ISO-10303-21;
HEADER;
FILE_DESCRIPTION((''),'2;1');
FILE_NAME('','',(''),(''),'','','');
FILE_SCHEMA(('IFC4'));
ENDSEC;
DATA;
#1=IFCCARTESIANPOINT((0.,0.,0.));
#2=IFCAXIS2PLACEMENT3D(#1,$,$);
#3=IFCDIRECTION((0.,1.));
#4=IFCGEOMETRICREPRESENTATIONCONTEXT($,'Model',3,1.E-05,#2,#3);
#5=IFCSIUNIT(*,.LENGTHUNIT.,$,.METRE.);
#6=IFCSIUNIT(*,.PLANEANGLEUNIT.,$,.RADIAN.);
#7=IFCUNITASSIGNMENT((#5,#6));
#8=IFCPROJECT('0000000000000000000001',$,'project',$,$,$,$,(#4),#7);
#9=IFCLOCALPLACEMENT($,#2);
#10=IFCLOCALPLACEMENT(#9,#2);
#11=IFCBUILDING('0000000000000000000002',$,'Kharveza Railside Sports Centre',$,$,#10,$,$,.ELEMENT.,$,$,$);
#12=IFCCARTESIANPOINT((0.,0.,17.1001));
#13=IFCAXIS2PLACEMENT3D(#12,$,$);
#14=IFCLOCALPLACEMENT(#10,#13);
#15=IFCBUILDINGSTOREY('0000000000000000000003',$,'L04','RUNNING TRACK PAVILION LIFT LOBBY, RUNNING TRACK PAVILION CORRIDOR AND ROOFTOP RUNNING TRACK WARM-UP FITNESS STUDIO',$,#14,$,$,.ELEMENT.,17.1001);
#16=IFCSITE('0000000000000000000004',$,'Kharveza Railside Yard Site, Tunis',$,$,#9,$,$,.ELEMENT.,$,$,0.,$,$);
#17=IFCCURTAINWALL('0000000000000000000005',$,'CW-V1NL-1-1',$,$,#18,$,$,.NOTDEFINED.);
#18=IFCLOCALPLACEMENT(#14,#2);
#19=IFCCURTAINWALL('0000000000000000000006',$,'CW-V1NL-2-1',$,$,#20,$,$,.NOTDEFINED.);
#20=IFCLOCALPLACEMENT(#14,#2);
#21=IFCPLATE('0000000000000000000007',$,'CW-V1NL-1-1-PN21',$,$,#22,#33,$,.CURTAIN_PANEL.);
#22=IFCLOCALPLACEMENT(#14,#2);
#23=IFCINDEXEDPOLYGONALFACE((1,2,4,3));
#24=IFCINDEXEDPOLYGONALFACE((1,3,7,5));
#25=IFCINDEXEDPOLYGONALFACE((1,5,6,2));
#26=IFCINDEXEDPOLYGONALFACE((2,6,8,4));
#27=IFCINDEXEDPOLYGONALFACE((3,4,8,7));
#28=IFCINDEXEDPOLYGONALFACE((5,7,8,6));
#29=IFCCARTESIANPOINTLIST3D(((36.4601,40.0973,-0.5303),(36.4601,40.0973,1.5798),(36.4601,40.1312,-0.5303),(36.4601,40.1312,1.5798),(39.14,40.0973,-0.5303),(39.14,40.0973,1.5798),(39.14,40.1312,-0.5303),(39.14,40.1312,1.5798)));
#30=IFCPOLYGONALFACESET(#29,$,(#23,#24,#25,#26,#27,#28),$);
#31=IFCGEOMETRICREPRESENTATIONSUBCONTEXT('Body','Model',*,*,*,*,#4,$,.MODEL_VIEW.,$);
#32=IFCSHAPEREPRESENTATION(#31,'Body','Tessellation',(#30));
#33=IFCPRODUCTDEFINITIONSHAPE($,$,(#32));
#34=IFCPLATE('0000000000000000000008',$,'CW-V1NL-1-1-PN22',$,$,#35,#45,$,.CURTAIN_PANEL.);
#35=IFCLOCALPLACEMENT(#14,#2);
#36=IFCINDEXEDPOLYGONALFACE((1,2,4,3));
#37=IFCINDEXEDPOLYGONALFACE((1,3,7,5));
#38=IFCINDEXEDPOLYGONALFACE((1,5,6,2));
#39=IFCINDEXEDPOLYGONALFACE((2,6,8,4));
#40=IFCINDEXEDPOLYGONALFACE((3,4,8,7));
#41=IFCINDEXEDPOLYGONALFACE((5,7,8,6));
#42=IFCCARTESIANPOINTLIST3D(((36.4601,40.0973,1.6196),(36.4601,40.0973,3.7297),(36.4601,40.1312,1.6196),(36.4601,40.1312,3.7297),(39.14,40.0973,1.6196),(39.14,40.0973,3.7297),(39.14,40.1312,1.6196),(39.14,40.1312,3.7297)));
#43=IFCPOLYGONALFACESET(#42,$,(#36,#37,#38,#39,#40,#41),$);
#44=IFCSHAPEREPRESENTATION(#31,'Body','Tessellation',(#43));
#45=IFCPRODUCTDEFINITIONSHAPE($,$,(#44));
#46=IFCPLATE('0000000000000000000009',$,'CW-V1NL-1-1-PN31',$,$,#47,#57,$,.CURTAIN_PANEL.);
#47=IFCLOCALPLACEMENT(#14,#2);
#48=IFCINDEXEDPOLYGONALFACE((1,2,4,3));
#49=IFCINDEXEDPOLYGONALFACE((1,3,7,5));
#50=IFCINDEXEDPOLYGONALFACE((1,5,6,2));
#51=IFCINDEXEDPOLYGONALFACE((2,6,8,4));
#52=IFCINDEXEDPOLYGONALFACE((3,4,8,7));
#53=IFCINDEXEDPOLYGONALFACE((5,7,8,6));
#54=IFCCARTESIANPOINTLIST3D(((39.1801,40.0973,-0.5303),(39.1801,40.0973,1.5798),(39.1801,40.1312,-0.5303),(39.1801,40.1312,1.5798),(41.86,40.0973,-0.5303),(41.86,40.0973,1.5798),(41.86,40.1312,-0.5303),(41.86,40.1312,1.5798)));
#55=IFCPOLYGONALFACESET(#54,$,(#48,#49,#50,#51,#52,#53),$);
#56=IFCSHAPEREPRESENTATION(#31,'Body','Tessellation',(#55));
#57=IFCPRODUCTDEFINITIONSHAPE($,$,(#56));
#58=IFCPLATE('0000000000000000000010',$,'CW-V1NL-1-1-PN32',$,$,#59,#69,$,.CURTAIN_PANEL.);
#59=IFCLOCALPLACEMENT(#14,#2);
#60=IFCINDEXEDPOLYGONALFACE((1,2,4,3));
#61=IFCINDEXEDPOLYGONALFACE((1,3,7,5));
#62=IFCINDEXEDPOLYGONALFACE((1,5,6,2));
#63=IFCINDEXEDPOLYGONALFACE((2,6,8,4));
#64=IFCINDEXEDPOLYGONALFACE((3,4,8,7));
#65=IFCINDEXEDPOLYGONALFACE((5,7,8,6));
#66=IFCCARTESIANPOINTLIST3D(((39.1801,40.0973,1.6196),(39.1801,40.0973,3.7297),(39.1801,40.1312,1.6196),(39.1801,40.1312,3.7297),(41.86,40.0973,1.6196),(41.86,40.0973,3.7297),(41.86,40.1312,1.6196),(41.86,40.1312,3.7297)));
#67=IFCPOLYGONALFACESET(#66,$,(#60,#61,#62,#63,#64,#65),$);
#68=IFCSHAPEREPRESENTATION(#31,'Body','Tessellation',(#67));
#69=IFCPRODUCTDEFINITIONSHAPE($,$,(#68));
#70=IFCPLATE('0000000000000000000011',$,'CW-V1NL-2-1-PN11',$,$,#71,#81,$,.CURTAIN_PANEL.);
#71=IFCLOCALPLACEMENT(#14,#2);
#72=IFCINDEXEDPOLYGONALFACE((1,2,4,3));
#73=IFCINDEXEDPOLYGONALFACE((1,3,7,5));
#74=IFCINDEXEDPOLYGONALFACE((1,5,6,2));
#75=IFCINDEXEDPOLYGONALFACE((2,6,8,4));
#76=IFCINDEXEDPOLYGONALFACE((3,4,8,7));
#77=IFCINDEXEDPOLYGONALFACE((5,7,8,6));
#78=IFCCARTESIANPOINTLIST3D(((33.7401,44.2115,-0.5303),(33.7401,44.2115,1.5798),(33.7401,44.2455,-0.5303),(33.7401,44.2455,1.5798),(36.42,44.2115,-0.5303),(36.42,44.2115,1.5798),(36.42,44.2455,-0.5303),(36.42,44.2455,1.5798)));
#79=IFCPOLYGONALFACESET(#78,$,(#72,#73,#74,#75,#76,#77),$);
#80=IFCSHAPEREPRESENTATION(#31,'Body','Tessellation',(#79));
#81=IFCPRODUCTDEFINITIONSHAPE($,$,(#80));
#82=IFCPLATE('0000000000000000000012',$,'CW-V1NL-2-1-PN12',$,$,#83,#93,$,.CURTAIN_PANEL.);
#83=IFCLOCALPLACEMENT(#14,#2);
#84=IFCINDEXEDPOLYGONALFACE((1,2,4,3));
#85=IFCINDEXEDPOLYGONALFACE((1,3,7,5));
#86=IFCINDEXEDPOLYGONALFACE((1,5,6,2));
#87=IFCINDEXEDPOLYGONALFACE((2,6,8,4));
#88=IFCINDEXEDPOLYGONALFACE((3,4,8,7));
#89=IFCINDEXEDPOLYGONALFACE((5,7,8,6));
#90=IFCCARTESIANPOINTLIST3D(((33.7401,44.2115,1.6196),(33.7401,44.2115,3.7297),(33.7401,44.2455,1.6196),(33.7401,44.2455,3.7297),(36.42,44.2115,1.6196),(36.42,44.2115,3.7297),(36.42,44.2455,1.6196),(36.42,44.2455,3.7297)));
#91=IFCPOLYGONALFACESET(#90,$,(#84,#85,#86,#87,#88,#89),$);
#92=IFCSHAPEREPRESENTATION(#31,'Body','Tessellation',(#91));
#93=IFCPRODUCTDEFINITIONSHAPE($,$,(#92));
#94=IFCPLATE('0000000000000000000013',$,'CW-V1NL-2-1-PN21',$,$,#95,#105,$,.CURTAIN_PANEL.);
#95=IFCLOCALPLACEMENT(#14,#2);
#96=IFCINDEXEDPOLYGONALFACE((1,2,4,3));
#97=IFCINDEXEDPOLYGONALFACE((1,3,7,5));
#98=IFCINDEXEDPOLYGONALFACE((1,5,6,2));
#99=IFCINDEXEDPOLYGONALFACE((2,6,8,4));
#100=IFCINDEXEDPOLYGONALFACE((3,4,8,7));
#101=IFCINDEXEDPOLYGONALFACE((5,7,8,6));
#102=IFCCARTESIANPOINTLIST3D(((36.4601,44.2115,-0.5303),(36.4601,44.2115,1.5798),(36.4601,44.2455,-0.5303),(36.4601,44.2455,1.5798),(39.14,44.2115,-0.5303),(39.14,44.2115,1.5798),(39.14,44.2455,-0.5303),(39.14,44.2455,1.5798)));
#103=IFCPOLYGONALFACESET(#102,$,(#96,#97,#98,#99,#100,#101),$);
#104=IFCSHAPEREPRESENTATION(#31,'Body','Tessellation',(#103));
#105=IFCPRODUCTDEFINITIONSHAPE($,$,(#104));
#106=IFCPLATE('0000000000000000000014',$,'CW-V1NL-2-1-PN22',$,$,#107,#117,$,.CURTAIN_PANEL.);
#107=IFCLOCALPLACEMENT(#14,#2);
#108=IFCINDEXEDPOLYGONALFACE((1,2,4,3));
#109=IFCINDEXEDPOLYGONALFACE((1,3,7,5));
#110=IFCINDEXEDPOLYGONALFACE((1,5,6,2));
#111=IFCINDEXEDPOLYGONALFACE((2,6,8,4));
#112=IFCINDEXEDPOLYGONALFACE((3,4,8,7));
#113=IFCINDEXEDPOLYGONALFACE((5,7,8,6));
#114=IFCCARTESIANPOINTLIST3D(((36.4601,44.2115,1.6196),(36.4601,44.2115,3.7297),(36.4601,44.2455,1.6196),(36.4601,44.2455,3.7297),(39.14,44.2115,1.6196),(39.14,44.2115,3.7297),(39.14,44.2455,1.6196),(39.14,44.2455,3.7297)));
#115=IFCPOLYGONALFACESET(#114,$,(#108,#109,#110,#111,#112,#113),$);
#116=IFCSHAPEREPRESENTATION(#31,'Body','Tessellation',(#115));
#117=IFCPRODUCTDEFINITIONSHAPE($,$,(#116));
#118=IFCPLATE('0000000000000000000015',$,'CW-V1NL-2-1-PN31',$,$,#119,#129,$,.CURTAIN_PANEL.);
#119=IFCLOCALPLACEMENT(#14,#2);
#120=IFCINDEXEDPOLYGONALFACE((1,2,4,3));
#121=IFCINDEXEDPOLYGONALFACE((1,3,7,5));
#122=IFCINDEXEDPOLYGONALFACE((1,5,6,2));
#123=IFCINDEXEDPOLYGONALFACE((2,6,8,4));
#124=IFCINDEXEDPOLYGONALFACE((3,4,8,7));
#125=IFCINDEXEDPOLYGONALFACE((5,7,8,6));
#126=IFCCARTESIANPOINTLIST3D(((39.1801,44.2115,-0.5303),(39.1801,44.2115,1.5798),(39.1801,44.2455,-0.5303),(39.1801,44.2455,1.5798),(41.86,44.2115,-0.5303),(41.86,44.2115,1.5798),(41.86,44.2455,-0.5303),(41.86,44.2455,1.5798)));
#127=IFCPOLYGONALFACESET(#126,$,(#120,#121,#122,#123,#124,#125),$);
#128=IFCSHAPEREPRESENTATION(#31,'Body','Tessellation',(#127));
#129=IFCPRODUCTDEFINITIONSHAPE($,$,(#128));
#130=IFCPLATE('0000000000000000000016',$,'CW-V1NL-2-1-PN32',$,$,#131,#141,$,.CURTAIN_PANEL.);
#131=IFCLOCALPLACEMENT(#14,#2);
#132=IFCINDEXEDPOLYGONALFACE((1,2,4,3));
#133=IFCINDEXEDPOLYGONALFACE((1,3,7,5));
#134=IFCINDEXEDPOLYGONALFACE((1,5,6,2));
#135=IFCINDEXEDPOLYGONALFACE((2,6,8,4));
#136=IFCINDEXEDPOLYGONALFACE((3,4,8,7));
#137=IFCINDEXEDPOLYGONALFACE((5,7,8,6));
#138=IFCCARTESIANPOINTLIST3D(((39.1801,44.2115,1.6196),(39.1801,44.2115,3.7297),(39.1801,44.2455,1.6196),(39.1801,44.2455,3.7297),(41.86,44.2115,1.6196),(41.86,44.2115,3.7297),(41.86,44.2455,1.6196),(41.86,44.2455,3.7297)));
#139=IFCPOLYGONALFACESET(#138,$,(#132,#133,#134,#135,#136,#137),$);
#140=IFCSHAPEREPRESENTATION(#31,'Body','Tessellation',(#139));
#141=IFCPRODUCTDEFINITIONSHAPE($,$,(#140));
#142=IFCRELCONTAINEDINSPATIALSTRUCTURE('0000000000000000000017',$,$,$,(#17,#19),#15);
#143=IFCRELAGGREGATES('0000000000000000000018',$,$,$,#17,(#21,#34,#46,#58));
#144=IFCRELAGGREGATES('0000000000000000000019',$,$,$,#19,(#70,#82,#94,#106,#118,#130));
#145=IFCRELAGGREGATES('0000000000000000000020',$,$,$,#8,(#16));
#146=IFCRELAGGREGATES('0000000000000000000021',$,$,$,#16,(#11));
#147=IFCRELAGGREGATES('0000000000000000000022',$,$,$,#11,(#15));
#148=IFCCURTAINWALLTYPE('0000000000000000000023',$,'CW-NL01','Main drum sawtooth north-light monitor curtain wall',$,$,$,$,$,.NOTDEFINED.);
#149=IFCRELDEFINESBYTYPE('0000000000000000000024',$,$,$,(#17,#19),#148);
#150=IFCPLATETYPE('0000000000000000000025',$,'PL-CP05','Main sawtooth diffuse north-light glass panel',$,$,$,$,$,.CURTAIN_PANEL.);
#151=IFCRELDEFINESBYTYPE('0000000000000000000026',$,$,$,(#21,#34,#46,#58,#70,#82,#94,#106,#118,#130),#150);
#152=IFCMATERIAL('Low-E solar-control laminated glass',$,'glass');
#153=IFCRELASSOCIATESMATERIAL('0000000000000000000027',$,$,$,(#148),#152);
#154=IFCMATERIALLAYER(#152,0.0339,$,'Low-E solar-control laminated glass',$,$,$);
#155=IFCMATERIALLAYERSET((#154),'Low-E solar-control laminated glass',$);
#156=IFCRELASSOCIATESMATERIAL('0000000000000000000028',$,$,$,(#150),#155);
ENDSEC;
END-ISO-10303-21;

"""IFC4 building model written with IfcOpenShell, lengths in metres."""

from ifc_helpers import new_model, si_unit, direction, frame, origin, origin_2d, place, context, subcontext, project, spatial, rectangle, extrude, material, layer, layer_set, type_object, element, aggregate, save


model = new_model("IFC4")

# Units and contexts
model_context = context("Model", 3, precision=1e-05, world=origin(), true_north=direction((0.0, 1.0)))
body_context = subcontext(model_context, "Body", "Model", "MODEL_VIEW")
ifc_project = project(units=[si_unit("LENGTHUNIT", "METRE"), si_unit("PLANEANGLEUNIT", "RADIAN")], contexts=[model_context])

# Site, building, storey
site_placement = place(None, origin())
site = spatial("IfcSite", under=ifc_project, at=site_placement, Name="Kharveza Railside Yard Site, Tunis", CompositionType="ELEMENT", RefElevation=0.0)
building_placement = place(site_placement, origin())
building = spatial("IfcBuilding", under=site, at=building_placement, Name="Kharveza Railside Sports Centre", CompositionType="ELEMENT")
storey_placement = place(building_placement, frame((0.0, 0.0, 17.1001)))
storey = spatial("IfcBuildingStorey", under=building, at=storey_placement, Name="L04", Description="RUNNING TRACK PAVILION LIFT LOBBY, RUNNING TRACK PAVILION CORRIDOR AND ROOFTOP RUNNING TRACK WARM-UP FITNESS STUDIO", CompositionType="ELEMENT", Elevation=17.1001)

# Curtain wall
ifc_material_1 = material(Name="Low-E solar-control laminated glass", Category="glass")
curtain_wall_type = type_object("IfcCurtainWallType", Name="CW-NL01", Description="Main drum sawtooth north-light monitor curtain wall", PredefinedType="NOTDEFINED", material=ifc_material_1)
curtain_wall_1_placement = place(storey_placement, origin())
curtain_wall_1 = element("IfcCurtainWall", 1, at=curtain_wall_1_placement, inside=storey, type_object=curtain_wall_type, Name="CW-V1NL-1-1", PredefinedType="NOTDEFINED")

# Curtain wall
curtain_wall_2_placement = place(storey_placement, origin())
curtain_wall_2 = element("IfcCurtainWall", 2, at=curtain_wall_2_placement, inside=storey, type_object=curtain_wall_type, Name="CW-V1NL-2-1", PredefinedType="NOTDEFINED")

# Plates
ifc_layer = layer(ifc_material_1, 0.0339, Name="Low-E solar-control laminated glass")
ifc_layer_set = layer_set([ifc_layer], Name="Low-E solar-control laminated glass")
plate_type = type_object("IfcPlateType", Name="PL-CP05", Description="Main sawtooth diffuse north-light glass panel", PredefinedType="CURTAIN_PANEL", material=ifc_layer_set)
plate_1_placement = place(storey_placement, frame((37.8, 40.1143, -0.5303), z_axis=(0.0, 0.0, 1.0), x_axis=(1.0, 0.0, 0.0)))
plate_1 = element("IfcPlate", 3, at=plate_1_placement, type_object=plate_type, Name="CW-V1NL-1-1-PN21", PredefinedType="CURTAIN_PANEL", context=body_context, shape_type="SweptSolid", body=[
    extrude(rectangle(XDim=2.6799, YDim=0.0339, at=origin_2d()), origin(), (0.0, 0.0, 1.0), 2.1101),
])
plate_2_placement = place(storey_placement, frame((37.8, 40.1143, 1.6196), z_axis=(0.0, 0.0, 1.0), x_axis=(1.0, 0.0, 0.0)))
plate_2 = element("IfcPlate", 4, at=plate_2_placement, type_object=plate_type, Name="CW-V1NL-1-1-PN22", PredefinedType="CURTAIN_PANEL", context=body_context, shape_type="SweptSolid", body=[
    extrude(rectangle(XDim=2.6799, YDim=0.0339, at=origin_2d()), origin(), (0.0, 0.0, 1.0), 2.1101),
])
plate_3_placement = place(storey_placement, frame((40.52, 40.1143, -0.5303), z_axis=(0.0, 0.0, 1.0), x_axis=(1.0, 0.0, 0.0)))
plate_3 = element("IfcPlate", 5, at=plate_3_placement, type_object=plate_type, Name="CW-V1NL-1-1-PN31", PredefinedType="CURTAIN_PANEL", context=body_context, shape_type="SweptSolid", body=[
    extrude(rectangle(XDim=2.6799, YDim=0.0339, at=origin_2d()), origin(), (0.0, 0.0, 1.0), 2.1101),
])
plate_4_placement = place(storey_placement, frame((40.52, 40.1143, 1.6196), z_axis=(0.0, 0.0, 1.0), x_axis=(1.0, 0.0, 0.0)))
plate_4 = element("IfcPlate", 6, at=plate_4_placement, type_object=plate_type, Name="CW-V1NL-1-1-PN32", PredefinedType="CURTAIN_PANEL", context=body_context, shape_type="SweptSolid", body=[
    extrude(rectangle(XDim=2.6799, YDim=0.0339, at=origin_2d()), origin(), (0.0, 0.0, 1.0), 2.1101),
])
aggregate(curtain_wall_1, [plate_1, plate_2, plate_3, plate_4])
plate_5_placement = place(storey_placement, frame((35.0801, 44.2285, -0.5303), z_axis=(0.0, 0.0, 1.0), x_axis=(1.0, 0.0, 0.0)))
plate_5 = element("IfcPlate", 7, at=plate_5_placement, type_object=plate_type, Name="CW-V1NL-2-1-PN11", PredefinedType="CURTAIN_PANEL", context=body_context, shape_type="SweptSolid", body=[
    extrude(rectangle(XDim=2.6799, YDim=0.0339, at=origin_2d()), origin(), (0.0, 0.0, 1.0), 2.1101),
])
plate_6_placement = place(storey_placement, frame((35.0801, 44.2285, 1.6196), z_axis=(0.0, 0.0, 1.0), x_axis=(1.0, 0.0, 0.0)))
plate_6 = element("IfcPlate", 8, at=plate_6_placement, type_object=plate_type, Name="CW-V1NL-2-1-PN12", PredefinedType="CURTAIN_PANEL", context=body_context, shape_type="SweptSolid", body=[
    extrude(rectangle(XDim=2.6799, YDim=0.0339, at=origin_2d()), origin(), (0.0, 0.0, 1.0), 2.1101),
])
plate_7_placement = place(storey_placement, frame((37.8, 44.2285, -0.5303), z_axis=(0.0, 0.0, 1.0), x_axis=(1.0, 0.0, 0.0)))
plate_7 = element("IfcPlate", 9, at=plate_7_placement, type_object=plate_type, Name="CW-V1NL-2-1-PN21", PredefinedType="CURTAIN_PANEL", context=body_context, shape_type="SweptSolid", body=[
    extrude(rectangle(XDim=2.6799, YDim=0.0339, at=origin_2d()), origin(), (0.0, 0.0, 1.0), 2.1101),
])
plate_8_placement = place(storey_placement, frame((37.8, 44.2285, 1.6196), z_axis=(0.0, 0.0, 1.0), x_axis=(1.0, 0.0, 0.0)))
plate_8 = element("IfcPlate", 10, at=plate_8_placement, type_object=plate_type, Name="CW-V1NL-2-1-PN22", PredefinedType="CURTAIN_PANEL", context=body_context, shape_type="SweptSolid", body=[
    extrude(rectangle(XDim=2.6799, YDim=0.0339, at=origin_2d()), origin(), (0.0, 0.0, 1.0), 2.1101),
])
plate_9_placement = place(storey_placement, frame((40.52, 44.2285, -0.5303), z_axis=(0.0, 0.0, 1.0), x_axis=(1.0, 0.0, 0.0)))
plate_9 = element("IfcPlate", 11, at=plate_9_placement, type_object=plate_type, Name="CW-V1NL-2-1-PN31", PredefinedType="CURTAIN_PANEL", context=body_context, shape_type="SweptSolid", body=[
    extrude(rectangle(XDim=2.6799, YDim=0.0339, at=origin_2d()), origin(), (0.0, 0.0, 1.0), 2.1101),
])
plate_10_placement = place(storey_placement, frame((40.52, 44.2285, 1.6196), z_axis=(0.0, 0.0, 1.0), x_axis=(1.0, 0.0, 0.0)))
plate_10 = element("IfcPlate", 12, at=plate_10_placement, type_object=plate_type, Name="CW-V1NL-2-1-PN32", PredefinedType="CURTAIN_PANEL", context=body_context, shape_type="SweptSolid", body=[
    extrude(rectangle(XDim=2.6799, YDim=0.0339, at=origin_2d()), origin(), (0.0, 0.0, 1.0), 2.1101),
])
aggregate(curtain_wall_2, [plate_5, plate_6, plate_7, plate_8, plate_9, plate_10])

save(model, "model.ifc")
